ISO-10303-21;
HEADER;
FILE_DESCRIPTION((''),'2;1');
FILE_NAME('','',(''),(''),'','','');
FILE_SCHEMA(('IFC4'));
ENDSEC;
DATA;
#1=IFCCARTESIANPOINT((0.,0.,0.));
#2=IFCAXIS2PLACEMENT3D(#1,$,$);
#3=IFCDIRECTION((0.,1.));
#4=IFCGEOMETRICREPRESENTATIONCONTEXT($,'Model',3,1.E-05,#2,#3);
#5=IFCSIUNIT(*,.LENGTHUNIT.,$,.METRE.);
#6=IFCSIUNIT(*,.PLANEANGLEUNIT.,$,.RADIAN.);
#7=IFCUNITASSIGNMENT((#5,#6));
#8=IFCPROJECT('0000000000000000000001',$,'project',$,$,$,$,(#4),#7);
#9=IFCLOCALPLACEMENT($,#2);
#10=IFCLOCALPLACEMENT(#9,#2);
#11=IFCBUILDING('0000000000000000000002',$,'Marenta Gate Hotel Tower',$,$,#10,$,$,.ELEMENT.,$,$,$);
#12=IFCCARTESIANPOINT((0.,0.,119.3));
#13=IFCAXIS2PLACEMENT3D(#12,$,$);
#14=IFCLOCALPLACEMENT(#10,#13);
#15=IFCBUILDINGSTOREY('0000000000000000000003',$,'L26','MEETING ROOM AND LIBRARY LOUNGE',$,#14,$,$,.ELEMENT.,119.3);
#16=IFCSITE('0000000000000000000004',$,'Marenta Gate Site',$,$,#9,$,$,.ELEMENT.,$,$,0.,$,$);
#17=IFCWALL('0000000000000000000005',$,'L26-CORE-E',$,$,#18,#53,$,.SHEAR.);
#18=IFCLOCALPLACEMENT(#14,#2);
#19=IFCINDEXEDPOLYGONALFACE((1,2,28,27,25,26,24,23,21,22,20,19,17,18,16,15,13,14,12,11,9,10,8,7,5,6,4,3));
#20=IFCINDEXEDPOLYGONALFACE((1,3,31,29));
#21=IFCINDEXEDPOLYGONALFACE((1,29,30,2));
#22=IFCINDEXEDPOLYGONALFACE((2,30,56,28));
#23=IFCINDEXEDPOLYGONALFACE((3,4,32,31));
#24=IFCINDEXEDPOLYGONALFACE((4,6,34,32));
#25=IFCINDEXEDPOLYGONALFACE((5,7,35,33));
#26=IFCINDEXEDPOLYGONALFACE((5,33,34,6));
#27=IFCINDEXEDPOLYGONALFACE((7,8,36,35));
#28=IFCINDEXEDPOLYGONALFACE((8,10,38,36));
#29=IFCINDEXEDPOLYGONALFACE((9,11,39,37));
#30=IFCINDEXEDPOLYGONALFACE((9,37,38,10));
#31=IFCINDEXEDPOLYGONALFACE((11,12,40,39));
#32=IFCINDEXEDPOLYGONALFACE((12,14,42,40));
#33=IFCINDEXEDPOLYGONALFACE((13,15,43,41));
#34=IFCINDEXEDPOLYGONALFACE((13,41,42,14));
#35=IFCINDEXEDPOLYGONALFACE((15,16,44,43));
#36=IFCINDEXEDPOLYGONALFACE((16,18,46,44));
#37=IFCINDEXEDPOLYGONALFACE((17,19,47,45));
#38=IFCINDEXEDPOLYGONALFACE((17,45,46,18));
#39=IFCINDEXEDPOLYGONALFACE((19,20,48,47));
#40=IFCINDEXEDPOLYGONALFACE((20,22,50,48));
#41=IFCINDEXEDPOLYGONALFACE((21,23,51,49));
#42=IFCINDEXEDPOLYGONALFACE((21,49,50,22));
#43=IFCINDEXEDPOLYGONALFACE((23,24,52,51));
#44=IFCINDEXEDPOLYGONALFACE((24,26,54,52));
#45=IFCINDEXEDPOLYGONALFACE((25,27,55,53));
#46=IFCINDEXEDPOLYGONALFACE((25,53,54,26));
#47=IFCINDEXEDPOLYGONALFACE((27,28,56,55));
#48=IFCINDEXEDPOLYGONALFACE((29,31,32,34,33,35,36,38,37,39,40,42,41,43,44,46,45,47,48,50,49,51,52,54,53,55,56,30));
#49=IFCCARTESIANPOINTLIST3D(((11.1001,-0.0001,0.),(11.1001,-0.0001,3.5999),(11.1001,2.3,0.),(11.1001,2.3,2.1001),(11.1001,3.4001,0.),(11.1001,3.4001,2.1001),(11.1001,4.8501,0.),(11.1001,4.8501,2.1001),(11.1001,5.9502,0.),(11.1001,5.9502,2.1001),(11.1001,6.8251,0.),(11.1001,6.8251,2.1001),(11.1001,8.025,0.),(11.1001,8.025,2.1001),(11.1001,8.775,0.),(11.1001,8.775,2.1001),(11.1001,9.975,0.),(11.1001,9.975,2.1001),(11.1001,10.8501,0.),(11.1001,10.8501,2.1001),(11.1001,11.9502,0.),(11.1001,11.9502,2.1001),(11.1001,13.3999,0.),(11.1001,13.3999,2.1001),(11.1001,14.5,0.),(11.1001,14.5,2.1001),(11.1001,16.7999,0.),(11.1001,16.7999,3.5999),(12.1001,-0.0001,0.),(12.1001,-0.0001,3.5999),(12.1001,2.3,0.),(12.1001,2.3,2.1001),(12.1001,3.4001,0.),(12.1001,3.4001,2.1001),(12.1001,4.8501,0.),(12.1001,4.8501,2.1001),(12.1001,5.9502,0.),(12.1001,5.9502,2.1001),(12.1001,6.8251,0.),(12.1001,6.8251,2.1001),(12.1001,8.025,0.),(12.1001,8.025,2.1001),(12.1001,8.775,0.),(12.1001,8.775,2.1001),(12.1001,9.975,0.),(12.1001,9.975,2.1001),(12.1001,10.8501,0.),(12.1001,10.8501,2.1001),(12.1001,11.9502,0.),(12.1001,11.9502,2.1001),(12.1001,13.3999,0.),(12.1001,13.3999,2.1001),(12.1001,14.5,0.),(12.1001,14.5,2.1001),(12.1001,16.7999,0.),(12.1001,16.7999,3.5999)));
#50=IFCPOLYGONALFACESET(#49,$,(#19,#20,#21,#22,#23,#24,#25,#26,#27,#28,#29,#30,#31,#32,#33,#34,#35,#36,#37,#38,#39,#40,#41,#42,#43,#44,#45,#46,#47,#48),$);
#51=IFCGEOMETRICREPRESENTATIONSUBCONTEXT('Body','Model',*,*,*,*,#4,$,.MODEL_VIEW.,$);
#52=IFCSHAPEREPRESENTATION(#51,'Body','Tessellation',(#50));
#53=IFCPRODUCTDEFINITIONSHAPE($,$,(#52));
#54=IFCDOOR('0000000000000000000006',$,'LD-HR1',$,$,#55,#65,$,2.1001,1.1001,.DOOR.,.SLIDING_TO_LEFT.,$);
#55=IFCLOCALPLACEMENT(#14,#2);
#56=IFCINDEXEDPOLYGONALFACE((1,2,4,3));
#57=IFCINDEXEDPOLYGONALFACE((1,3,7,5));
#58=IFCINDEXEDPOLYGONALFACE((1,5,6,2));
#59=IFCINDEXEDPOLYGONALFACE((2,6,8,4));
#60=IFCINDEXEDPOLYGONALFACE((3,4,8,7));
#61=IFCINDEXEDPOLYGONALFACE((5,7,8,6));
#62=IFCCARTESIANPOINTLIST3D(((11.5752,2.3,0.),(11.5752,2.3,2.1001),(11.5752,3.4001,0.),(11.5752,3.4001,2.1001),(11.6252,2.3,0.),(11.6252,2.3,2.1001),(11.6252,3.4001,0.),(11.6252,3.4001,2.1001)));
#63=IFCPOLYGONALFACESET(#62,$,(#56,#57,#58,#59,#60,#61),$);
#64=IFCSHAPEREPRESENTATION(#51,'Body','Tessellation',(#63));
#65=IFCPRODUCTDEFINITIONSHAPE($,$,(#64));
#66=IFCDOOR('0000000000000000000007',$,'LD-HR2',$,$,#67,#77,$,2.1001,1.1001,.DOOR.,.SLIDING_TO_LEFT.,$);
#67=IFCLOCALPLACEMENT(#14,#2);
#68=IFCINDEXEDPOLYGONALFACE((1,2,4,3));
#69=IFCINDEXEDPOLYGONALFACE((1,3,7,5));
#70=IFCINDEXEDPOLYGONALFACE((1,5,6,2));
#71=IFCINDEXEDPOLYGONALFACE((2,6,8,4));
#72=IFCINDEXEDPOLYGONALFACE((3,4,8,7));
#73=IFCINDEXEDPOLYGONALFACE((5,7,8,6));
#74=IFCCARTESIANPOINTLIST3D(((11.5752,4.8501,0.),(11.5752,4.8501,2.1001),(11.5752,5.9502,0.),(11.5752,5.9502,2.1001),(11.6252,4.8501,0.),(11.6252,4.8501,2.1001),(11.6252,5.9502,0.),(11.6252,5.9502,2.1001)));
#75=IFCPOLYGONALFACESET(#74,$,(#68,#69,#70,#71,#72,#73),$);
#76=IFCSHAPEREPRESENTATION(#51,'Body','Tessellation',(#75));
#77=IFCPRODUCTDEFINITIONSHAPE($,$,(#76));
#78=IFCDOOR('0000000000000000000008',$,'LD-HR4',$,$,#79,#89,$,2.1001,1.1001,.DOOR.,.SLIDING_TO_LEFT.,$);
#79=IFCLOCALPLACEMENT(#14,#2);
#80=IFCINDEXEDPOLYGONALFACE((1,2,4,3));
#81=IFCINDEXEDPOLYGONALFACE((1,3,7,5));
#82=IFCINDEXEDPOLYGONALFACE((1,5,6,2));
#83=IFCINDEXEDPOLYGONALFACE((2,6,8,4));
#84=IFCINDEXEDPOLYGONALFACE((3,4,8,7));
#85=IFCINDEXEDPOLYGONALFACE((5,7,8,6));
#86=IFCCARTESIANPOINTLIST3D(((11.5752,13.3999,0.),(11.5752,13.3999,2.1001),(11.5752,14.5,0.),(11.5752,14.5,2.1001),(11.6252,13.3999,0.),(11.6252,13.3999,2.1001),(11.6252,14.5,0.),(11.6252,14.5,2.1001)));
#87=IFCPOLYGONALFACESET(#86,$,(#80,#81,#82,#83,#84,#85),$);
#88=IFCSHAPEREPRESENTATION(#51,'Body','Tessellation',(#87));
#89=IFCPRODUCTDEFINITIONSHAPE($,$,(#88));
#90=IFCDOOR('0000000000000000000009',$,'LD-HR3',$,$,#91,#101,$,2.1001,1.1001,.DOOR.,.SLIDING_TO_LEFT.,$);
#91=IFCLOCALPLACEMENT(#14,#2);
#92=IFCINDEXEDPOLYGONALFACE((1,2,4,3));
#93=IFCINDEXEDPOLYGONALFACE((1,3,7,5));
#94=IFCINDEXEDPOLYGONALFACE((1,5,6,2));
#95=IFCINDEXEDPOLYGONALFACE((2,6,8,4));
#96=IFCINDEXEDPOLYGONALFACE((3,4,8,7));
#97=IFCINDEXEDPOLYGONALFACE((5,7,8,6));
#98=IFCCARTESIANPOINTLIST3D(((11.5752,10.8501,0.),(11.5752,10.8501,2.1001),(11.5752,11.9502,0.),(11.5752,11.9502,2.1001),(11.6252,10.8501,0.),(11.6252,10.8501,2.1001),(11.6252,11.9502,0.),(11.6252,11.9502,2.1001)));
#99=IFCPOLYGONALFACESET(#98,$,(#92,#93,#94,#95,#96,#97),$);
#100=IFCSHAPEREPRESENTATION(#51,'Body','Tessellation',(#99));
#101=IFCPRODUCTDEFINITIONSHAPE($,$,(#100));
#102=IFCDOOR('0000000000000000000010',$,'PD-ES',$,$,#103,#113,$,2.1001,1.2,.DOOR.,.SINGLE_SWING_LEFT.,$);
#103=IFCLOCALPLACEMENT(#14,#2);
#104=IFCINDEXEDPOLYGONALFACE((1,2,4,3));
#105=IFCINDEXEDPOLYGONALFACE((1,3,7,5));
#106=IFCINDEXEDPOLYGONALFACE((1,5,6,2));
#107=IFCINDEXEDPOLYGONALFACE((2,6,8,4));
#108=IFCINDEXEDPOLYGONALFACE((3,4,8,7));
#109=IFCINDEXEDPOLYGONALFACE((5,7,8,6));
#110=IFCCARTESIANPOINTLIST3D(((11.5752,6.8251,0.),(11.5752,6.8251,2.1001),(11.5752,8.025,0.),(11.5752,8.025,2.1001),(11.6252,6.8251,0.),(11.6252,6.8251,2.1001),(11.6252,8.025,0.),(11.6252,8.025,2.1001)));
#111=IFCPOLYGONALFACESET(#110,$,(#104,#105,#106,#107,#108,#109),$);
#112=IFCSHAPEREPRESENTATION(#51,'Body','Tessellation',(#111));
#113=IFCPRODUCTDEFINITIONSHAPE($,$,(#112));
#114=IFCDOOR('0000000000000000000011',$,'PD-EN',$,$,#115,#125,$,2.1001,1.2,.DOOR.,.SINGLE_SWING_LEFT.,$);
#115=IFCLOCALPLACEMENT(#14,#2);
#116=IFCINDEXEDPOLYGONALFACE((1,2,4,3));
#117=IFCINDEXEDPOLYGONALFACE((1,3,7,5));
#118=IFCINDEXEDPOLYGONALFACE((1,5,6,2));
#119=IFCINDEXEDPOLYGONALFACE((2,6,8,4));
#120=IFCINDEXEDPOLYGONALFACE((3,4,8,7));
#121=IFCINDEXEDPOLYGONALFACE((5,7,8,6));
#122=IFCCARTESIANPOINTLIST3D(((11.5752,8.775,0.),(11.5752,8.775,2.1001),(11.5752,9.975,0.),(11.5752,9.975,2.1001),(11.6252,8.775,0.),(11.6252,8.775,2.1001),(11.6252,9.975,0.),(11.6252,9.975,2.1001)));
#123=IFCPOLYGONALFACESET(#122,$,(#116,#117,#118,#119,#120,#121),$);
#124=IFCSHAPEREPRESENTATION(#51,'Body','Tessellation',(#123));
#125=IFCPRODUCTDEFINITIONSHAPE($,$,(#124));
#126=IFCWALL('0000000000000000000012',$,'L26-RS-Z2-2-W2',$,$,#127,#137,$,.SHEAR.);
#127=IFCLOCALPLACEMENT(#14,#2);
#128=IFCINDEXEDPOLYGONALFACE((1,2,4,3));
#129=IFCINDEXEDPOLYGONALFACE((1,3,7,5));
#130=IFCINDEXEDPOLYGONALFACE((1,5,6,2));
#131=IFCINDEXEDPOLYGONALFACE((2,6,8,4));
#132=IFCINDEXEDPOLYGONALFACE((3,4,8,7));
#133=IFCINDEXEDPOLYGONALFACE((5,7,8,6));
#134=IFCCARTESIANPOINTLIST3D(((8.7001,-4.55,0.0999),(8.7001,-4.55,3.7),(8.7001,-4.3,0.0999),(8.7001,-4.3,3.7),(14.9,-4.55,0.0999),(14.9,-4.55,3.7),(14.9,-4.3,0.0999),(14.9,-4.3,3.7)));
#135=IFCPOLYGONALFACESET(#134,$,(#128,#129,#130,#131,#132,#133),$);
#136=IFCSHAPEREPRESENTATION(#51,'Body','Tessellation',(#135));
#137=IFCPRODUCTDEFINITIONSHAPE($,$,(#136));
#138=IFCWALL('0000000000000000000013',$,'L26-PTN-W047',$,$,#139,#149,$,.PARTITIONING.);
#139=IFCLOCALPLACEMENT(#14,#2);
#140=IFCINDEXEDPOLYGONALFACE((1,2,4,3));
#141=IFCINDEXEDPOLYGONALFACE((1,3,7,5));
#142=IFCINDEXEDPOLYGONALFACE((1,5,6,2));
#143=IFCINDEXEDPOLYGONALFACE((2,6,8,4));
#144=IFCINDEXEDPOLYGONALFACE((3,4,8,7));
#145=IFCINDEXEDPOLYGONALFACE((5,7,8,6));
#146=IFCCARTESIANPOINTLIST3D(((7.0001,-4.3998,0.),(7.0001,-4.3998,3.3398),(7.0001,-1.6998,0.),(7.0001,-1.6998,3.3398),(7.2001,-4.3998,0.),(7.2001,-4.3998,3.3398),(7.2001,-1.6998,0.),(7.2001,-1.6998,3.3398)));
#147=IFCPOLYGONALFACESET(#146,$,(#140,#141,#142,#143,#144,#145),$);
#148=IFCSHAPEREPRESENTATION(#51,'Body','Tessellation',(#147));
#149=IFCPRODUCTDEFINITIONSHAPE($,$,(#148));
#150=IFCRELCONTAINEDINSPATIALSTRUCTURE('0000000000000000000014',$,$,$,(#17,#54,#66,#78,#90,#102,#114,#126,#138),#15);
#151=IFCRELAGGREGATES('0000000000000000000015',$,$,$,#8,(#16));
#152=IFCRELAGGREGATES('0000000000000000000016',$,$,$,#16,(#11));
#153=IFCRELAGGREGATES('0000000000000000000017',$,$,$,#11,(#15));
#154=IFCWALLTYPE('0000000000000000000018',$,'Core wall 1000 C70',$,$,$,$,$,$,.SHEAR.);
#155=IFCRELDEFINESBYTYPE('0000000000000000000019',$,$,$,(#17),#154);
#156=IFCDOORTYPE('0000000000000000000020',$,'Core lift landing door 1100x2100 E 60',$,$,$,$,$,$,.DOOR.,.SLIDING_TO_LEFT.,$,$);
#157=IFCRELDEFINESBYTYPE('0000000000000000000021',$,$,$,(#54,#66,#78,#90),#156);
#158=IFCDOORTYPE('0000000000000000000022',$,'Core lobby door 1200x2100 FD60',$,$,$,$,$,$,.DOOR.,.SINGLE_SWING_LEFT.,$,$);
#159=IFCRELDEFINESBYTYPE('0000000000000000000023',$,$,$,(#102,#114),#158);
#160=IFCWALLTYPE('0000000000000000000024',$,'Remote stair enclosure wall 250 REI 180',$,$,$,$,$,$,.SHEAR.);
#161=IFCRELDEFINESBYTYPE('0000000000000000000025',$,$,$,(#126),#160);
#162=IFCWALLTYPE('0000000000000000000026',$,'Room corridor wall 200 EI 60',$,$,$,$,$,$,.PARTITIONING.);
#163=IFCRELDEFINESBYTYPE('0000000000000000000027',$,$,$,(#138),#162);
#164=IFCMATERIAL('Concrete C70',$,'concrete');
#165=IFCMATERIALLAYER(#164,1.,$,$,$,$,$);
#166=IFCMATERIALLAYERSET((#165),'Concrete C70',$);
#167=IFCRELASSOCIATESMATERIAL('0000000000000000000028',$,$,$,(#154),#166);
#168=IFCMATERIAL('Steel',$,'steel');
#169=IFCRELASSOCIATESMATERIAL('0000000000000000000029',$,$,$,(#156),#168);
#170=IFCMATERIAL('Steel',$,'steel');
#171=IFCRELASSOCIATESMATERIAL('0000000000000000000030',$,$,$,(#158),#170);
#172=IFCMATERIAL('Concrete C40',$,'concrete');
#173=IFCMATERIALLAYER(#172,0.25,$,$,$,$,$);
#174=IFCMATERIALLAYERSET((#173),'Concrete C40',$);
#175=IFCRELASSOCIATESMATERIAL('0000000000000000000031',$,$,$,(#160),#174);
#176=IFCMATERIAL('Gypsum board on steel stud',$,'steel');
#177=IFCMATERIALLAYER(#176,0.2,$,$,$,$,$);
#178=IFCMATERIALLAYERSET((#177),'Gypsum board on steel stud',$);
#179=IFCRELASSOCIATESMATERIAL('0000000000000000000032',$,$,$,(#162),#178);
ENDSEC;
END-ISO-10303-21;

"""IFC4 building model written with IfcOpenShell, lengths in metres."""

from ifc_helpers import new_model, si_unit, direction, frame, frame_2d, origin, place, context, subcontext, project, spatial, rectangle, extrude, material, layer, layer_set, type_object, element, fill, save


model = new_model("IFC4")

# Units and contexts
model_context = context("Model", 3, precision=1e-05, world=origin(), true_north=direction((0.0, 1.0)))
body_context = subcontext(model_context, "Body", "Model", "MODEL_VIEW")
ifc_project = project(units=[si_unit("LENGTHUNIT", "METRE"), si_unit("PLANEANGLEUNIT", "RADIAN")], contexts=[model_context])

# Site, building, storey
site_placement = place(None, origin())
site = spatial("IfcSite", under=ifc_project, at=site_placement, Name="Marenta Gate Site", CompositionType="ELEMENT", RefElevation=0.0)
building_placement = place(site_placement, origin())
building = spatial("IfcBuilding", under=site, at=building_placement, Name="Marenta Gate Hotel Tower", CompositionType="ELEMENT")
storey_placement = place(building_placement, frame((0.0, 0.0, 119.3)))
storey = spatial("IfcBuildingStorey", under=building, at=storey_placement, Name="L26", Description="MEETING ROOM AND LIBRARY LOUNGE", CompositionType="ELEMENT", Elevation=119.3)

# Wall, openings, doors
ifc_material_1 = material(Name="Concrete C70", Category="concrete")
ifc_layer_1 = layer(ifc_material_1, 1.0)
ifc_layer_set_1 = layer_set([ifc_layer_1], Name="Concrete C70")
wall_type_1 = type_object("IfcWallType", Name="Core wall 1000 C70", PredefinedType="SHEAR", material=ifc_layer_set_1)
wall_1_placement = place(storey_placement, frame((11.6001, 0.0, 0.0), z_axis=(0.0, 0.0, 1.0), x_axis=(0.0, 1.0, 0.0)))
wall_1 = element("IfcWall", 1, at=wall_1_placement, inside=storey, type_object=wall_type_1, Name="L26-CORE-E", PredefinedType="SHEAR", context=body_context, shape_type="SweptSolid", body=[
    extrude(rectangle(XDim=16.8, YDim=1.0, at=frame_2d((8.3999, 0.0))), origin(), (0.0, 0.0, 1.0), 3.5999),
])
opening_1_placement = place(wall_1_placement, frame((2.3, 0.0, 0.0)))
opening_1 = element("IfcOpeningElement", 2, at=opening_1_placement, cuts=wall_1, PredefinedType="OPENING", context=body_context, shape_type="SweptSolid", body=[
    extrude(rectangle(XDim=1.1001, YDim=2.1001, at=frame_2d((0.55, 1.05))), frame((0.0, 0.5, 0.0), z_axis=(0.0, -1.0, 0.0), x_axis=(1.0, 0.0, 0.0)), (0.0, 0.0, 1.0), 1.0),
])
opening_2_placement = place(wall_1_placement, frame((4.8501, 0.0, 0.0)))
opening_2 = element("IfcOpeningElement", 3, at=opening_2_placement, cuts=wall_1, PredefinedType="OPENING", context=body_context, shape_type="SweptSolid", body=[
    extrude(rectangle(XDim=1.1001, YDim=2.1001, at=frame_2d((0.55, 1.05))), frame((0.0, 0.5, 0.0), z_axis=(0.0, -1.0, 0.0), x_axis=(1.0, 0.0, 0.0)), (0.0, 0.0, 1.0), 1.0),
])
opening_3_placement = place(wall_1_placement, frame((6.825, 0.0, 0.0)))
opening_3 = element("IfcOpeningElement", 4, at=opening_3_placement, cuts=wall_1, PredefinedType="OPENING", context=body_context, shape_type="SweptSolid", body=[
    extrude(rectangle(XDim=1.2, YDim=2.1001, at=frame_2d((0.6001, 1.05))), frame((0.0, 0.5, 0.0), z_axis=(0.0, -1.0, 0.0), x_axis=(1.0, 0.0, 0.0)), (0.0, 0.0, 1.0), 1.0),
])
opening_4_placement = place(wall_1_placement, frame((13.3999, 0.0, 0.0)))
opening_4 = element("IfcOpeningElement", 5, at=opening_4_placement, cuts=wall_1, PredefinedType="OPENING", context=body_context, shape_type="SweptSolid", body=[
    extrude(rectangle(XDim=1.1001, YDim=2.1001, at=frame_2d((0.55, 1.05))), frame((0.0, 0.5, 0.0), z_axis=(0.0, -1.0, 0.0), x_axis=(1.0, 0.0, 0.0)), (0.0, 0.0, 1.0), 1.0),
])
opening_5_placement = place(wall_1_placement, frame((10.8501, 0.0, 0.0)))
opening_5 = element("IfcOpeningElement", 6, at=opening_5_placement, cuts=wall_1, PredefinedType="OPENING", context=body_context, shape_type="SweptSolid", body=[
    extrude(rectangle(XDim=1.1001, YDim=2.1001, at=frame_2d((0.55, 1.05))), frame((0.0, 0.5, 0.0), z_axis=(0.0, -1.0, 0.0), x_axis=(1.0, 0.0, 0.0)), (0.0, 0.0, 1.0), 1.0),
])
opening_6_placement = place(wall_1_placement, frame((8.7749, 0.0, 0.0)))
opening_6 = element("IfcOpeningElement", 7, at=opening_6_placement, cuts=wall_1, PredefinedType="OPENING", context=body_context, shape_type="SweptSolid", body=[
    extrude(rectangle(XDim=1.2, YDim=2.1001, at=frame_2d((0.6001, 1.05))), frame((0.0, 0.5, 0.0), z_axis=(0.0, -1.0, 0.0), x_axis=(1.0, 0.0, 0.0)), (0.0, 0.0, 1.0), 1.0),
])
ifc_material_2 = material(Name="Steel", Category="steel")
door_type_1 = type_object("IfcDoorType", Name="Core lift landing door 1100x2100 E 60", OperationType="SLIDING_TO_LEFT", PredefinedType="DOOR", material=ifc_material_2)
door_1_placement = place(opening_1_placement, origin())
door_1 = element("IfcDoor", 8, at=door_1_placement, inside=storey, type_object=door_type_1, Name="LD-HR1", OperationType="SLIDING_TO_LEFT", OverallHeight=2.1001, OverallWidth=1.1001, PredefinedType="DOOR", context=body_context, shape_type="SweptSolid", body=[
    extrude(rectangle(XDim=1.1001, YDim=2.1001, at=frame_2d((0.55, 1.05))), frame((0.0, 0.0249, 0.0), z_axis=(0.0, -1.0, 0.0), x_axis=(1.0, 0.0, 0.0)), (0.0, 0.0, 1.0), 0.05),
])
fill(opening_1, door_1)
door_2_placement = place(opening_2_placement, origin())
door_2 = element("IfcDoor", 9, at=door_2_placement, inside=storey, type_object=door_type_1, Name="LD-HR2", OperationType="SLIDING_TO_LEFT", OverallHeight=2.1001, OverallWidth=1.1001, PredefinedType="DOOR", context=body_context, shape_type="SweptSolid", body=[
    extrude(rectangle(XDim=1.1001, YDim=2.1001, at=frame_2d((0.55, 1.05))), frame((0.0, 0.0249, 0.0), z_axis=(0.0, -1.0, 0.0), x_axis=(1.0, 0.0, 0.0)), (0.0, 0.0, 1.0), 0.05),
])
fill(opening_2, door_2)
door_3_placement = place(opening_4_placement, origin())
door_3 = element("IfcDoor", 10, at=door_3_placement, inside=storey, type_object=door_type_1, Name="LD-HR4", OperationType="SLIDING_TO_LEFT", OverallHeight=2.1001, OverallWidth=1.1001, PredefinedType="DOOR", context=body_context, shape_type="SweptSolid", body=[
    extrude(rectangle(XDim=1.1001, YDim=2.1001, at=frame_2d((0.55, 1.05))), frame((0.0, 0.0249, 0.0), z_axis=(0.0, -1.0, 0.0), x_axis=(1.0, 0.0, 0.0)), (0.0, 0.0, 1.0), 0.05),
])
fill(opening_4, door_3)
door_4_placement = place(opening_5_placement, origin())
door_4 = element("IfcDoor", 11, at=door_4_placement, inside=storey, type_object=door_type_1, Name="LD-HR3", OperationType="SLIDING_TO_LEFT", OverallHeight=2.1001, OverallWidth=1.1001, PredefinedType="DOOR", context=body_context, shape_type="SweptSolid", body=[
    extrude(rectangle(XDim=1.1001, YDim=2.1001, at=frame_2d((0.55, 1.05))), frame((0.0, 0.0249, 0.0), z_axis=(0.0, -1.0, 0.0), x_axis=(1.0, 0.0, 0.0)), (0.0, 0.0, 1.0), 0.05),
])
fill(opening_5, door_4)
ifc_material_3 = material(Name="Steel", Category="steel")
door_type_2 = type_object("IfcDoorType", Name="Core lobby door 1200x2100 FD60", OperationType="SINGLE_SWING_LEFT", PredefinedType="DOOR", material=ifc_material_3)
door_5_placement = place(opening_3_placement, origin())
door_5 = element("IfcDoor", 12, at=door_5_placement, inside=storey, type_object=door_type_2, Name="PD-ES", OperationType="SINGLE_SWING_LEFT", OverallHeight=2.1001, OverallWidth=1.2, PredefinedType="DOOR", context=body_context, shape_type="SweptSolid", body=[
    extrude(rectangle(XDim=1.2, YDim=2.1001, at=frame_2d((0.6001, 1.05))), frame((0.0, 0.0249, 0.0), z_axis=(0.0, -1.0, 0.0), x_axis=(1.0, 0.0, 0.0)), (0.0, 0.0, 1.0), 0.05),
])
fill(opening_3, door_5)
door_6_placement = place(opening_6_placement, origin())
door_6 = element("IfcDoor", 13, at=door_6_placement, inside=storey, type_object=door_type_2, Name="PD-EN", OperationType="SINGLE_SWING_LEFT", OverallHeight=2.1001, OverallWidth=1.2, PredefinedType="DOOR", context=body_context, shape_type="SweptSolid", body=[
    extrude(rectangle(XDim=1.2, YDim=2.1001, at=frame_2d((0.6001, 1.05))), frame((0.0, 0.0249, 0.0), z_axis=(0.0, -1.0, 0.0), x_axis=(1.0, 0.0, 0.0)), (0.0, 0.0, 1.0), 0.05),
])
fill(opening_6, door_6)

# Wall
ifc_material_4 = material(Name="Concrete C40", Category="concrete")
ifc_layer_2 = layer(ifc_material_4, 0.25)
ifc_layer_set_2 = layer_set([ifc_layer_2], Name="Concrete C40")
wall_type_2 = type_object("IfcWallType", Name="Remote stair enclosure wall 250 REI 180", PredefinedType="SHEAR", material=ifc_layer_set_2)
wall_2_placement = place(storey_placement, frame((8.7, -4.425, 0.0999), z_axis=(0.0, 0.0, 1.0), x_axis=(1.0, 0.0, 0.0)))
element("IfcWall", 14, at=wall_2_placement, inside=storey, type_object=wall_type_2, Name="L26-RS-Z2-2-W2", PredefinedType="SHEAR", context=body_context, shape_type="SweptSolid", body=[
    extrude(rectangle(XDim=6.2, YDim=0.25, at=frame_2d((3.1001, 0.0))), origin(), (0.0, 0.0, 1.0), 3.6001),
])

# Shared definitions
ifc_material_5 = material(Name="Gypsum board on steel stud", Category="steel")
ifc_layer_3 = layer(ifc_material_5, 0.2)
ifc_layer_set_3 = layer_set([ifc_layer_3], Name="Gypsum board on steel stud")
wall_type_3 = type_object("IfcWallType", Name="Room corridor wall 200 EI 60", PredefinedType="PARTITIONING", material=ifc_layer_set_3)

# Wall
wall_3_placement = place(storey_placement, frame((7.1001, -4.3999, 0.0), z_axis=(0.0, 0.0, 1.0), x_axis=(0.0, 1.0, 0.0)))
element("IfcWall", 15, at=wall_3_placement, inside=storey, type_object=wall_type_3, Name="L26-PTN-W047", PredefinedType="PARTITIONING", context=body_context, shape_type="SweptSolid", body=[
    extrude(rectangle(XDim=2.7, YDim=0.2, at=frame_2d((1.3501, 0.0))), origin(), (0.0, 0.0, 1.0), 3.3398),
])

save(model, "model.ifc")
